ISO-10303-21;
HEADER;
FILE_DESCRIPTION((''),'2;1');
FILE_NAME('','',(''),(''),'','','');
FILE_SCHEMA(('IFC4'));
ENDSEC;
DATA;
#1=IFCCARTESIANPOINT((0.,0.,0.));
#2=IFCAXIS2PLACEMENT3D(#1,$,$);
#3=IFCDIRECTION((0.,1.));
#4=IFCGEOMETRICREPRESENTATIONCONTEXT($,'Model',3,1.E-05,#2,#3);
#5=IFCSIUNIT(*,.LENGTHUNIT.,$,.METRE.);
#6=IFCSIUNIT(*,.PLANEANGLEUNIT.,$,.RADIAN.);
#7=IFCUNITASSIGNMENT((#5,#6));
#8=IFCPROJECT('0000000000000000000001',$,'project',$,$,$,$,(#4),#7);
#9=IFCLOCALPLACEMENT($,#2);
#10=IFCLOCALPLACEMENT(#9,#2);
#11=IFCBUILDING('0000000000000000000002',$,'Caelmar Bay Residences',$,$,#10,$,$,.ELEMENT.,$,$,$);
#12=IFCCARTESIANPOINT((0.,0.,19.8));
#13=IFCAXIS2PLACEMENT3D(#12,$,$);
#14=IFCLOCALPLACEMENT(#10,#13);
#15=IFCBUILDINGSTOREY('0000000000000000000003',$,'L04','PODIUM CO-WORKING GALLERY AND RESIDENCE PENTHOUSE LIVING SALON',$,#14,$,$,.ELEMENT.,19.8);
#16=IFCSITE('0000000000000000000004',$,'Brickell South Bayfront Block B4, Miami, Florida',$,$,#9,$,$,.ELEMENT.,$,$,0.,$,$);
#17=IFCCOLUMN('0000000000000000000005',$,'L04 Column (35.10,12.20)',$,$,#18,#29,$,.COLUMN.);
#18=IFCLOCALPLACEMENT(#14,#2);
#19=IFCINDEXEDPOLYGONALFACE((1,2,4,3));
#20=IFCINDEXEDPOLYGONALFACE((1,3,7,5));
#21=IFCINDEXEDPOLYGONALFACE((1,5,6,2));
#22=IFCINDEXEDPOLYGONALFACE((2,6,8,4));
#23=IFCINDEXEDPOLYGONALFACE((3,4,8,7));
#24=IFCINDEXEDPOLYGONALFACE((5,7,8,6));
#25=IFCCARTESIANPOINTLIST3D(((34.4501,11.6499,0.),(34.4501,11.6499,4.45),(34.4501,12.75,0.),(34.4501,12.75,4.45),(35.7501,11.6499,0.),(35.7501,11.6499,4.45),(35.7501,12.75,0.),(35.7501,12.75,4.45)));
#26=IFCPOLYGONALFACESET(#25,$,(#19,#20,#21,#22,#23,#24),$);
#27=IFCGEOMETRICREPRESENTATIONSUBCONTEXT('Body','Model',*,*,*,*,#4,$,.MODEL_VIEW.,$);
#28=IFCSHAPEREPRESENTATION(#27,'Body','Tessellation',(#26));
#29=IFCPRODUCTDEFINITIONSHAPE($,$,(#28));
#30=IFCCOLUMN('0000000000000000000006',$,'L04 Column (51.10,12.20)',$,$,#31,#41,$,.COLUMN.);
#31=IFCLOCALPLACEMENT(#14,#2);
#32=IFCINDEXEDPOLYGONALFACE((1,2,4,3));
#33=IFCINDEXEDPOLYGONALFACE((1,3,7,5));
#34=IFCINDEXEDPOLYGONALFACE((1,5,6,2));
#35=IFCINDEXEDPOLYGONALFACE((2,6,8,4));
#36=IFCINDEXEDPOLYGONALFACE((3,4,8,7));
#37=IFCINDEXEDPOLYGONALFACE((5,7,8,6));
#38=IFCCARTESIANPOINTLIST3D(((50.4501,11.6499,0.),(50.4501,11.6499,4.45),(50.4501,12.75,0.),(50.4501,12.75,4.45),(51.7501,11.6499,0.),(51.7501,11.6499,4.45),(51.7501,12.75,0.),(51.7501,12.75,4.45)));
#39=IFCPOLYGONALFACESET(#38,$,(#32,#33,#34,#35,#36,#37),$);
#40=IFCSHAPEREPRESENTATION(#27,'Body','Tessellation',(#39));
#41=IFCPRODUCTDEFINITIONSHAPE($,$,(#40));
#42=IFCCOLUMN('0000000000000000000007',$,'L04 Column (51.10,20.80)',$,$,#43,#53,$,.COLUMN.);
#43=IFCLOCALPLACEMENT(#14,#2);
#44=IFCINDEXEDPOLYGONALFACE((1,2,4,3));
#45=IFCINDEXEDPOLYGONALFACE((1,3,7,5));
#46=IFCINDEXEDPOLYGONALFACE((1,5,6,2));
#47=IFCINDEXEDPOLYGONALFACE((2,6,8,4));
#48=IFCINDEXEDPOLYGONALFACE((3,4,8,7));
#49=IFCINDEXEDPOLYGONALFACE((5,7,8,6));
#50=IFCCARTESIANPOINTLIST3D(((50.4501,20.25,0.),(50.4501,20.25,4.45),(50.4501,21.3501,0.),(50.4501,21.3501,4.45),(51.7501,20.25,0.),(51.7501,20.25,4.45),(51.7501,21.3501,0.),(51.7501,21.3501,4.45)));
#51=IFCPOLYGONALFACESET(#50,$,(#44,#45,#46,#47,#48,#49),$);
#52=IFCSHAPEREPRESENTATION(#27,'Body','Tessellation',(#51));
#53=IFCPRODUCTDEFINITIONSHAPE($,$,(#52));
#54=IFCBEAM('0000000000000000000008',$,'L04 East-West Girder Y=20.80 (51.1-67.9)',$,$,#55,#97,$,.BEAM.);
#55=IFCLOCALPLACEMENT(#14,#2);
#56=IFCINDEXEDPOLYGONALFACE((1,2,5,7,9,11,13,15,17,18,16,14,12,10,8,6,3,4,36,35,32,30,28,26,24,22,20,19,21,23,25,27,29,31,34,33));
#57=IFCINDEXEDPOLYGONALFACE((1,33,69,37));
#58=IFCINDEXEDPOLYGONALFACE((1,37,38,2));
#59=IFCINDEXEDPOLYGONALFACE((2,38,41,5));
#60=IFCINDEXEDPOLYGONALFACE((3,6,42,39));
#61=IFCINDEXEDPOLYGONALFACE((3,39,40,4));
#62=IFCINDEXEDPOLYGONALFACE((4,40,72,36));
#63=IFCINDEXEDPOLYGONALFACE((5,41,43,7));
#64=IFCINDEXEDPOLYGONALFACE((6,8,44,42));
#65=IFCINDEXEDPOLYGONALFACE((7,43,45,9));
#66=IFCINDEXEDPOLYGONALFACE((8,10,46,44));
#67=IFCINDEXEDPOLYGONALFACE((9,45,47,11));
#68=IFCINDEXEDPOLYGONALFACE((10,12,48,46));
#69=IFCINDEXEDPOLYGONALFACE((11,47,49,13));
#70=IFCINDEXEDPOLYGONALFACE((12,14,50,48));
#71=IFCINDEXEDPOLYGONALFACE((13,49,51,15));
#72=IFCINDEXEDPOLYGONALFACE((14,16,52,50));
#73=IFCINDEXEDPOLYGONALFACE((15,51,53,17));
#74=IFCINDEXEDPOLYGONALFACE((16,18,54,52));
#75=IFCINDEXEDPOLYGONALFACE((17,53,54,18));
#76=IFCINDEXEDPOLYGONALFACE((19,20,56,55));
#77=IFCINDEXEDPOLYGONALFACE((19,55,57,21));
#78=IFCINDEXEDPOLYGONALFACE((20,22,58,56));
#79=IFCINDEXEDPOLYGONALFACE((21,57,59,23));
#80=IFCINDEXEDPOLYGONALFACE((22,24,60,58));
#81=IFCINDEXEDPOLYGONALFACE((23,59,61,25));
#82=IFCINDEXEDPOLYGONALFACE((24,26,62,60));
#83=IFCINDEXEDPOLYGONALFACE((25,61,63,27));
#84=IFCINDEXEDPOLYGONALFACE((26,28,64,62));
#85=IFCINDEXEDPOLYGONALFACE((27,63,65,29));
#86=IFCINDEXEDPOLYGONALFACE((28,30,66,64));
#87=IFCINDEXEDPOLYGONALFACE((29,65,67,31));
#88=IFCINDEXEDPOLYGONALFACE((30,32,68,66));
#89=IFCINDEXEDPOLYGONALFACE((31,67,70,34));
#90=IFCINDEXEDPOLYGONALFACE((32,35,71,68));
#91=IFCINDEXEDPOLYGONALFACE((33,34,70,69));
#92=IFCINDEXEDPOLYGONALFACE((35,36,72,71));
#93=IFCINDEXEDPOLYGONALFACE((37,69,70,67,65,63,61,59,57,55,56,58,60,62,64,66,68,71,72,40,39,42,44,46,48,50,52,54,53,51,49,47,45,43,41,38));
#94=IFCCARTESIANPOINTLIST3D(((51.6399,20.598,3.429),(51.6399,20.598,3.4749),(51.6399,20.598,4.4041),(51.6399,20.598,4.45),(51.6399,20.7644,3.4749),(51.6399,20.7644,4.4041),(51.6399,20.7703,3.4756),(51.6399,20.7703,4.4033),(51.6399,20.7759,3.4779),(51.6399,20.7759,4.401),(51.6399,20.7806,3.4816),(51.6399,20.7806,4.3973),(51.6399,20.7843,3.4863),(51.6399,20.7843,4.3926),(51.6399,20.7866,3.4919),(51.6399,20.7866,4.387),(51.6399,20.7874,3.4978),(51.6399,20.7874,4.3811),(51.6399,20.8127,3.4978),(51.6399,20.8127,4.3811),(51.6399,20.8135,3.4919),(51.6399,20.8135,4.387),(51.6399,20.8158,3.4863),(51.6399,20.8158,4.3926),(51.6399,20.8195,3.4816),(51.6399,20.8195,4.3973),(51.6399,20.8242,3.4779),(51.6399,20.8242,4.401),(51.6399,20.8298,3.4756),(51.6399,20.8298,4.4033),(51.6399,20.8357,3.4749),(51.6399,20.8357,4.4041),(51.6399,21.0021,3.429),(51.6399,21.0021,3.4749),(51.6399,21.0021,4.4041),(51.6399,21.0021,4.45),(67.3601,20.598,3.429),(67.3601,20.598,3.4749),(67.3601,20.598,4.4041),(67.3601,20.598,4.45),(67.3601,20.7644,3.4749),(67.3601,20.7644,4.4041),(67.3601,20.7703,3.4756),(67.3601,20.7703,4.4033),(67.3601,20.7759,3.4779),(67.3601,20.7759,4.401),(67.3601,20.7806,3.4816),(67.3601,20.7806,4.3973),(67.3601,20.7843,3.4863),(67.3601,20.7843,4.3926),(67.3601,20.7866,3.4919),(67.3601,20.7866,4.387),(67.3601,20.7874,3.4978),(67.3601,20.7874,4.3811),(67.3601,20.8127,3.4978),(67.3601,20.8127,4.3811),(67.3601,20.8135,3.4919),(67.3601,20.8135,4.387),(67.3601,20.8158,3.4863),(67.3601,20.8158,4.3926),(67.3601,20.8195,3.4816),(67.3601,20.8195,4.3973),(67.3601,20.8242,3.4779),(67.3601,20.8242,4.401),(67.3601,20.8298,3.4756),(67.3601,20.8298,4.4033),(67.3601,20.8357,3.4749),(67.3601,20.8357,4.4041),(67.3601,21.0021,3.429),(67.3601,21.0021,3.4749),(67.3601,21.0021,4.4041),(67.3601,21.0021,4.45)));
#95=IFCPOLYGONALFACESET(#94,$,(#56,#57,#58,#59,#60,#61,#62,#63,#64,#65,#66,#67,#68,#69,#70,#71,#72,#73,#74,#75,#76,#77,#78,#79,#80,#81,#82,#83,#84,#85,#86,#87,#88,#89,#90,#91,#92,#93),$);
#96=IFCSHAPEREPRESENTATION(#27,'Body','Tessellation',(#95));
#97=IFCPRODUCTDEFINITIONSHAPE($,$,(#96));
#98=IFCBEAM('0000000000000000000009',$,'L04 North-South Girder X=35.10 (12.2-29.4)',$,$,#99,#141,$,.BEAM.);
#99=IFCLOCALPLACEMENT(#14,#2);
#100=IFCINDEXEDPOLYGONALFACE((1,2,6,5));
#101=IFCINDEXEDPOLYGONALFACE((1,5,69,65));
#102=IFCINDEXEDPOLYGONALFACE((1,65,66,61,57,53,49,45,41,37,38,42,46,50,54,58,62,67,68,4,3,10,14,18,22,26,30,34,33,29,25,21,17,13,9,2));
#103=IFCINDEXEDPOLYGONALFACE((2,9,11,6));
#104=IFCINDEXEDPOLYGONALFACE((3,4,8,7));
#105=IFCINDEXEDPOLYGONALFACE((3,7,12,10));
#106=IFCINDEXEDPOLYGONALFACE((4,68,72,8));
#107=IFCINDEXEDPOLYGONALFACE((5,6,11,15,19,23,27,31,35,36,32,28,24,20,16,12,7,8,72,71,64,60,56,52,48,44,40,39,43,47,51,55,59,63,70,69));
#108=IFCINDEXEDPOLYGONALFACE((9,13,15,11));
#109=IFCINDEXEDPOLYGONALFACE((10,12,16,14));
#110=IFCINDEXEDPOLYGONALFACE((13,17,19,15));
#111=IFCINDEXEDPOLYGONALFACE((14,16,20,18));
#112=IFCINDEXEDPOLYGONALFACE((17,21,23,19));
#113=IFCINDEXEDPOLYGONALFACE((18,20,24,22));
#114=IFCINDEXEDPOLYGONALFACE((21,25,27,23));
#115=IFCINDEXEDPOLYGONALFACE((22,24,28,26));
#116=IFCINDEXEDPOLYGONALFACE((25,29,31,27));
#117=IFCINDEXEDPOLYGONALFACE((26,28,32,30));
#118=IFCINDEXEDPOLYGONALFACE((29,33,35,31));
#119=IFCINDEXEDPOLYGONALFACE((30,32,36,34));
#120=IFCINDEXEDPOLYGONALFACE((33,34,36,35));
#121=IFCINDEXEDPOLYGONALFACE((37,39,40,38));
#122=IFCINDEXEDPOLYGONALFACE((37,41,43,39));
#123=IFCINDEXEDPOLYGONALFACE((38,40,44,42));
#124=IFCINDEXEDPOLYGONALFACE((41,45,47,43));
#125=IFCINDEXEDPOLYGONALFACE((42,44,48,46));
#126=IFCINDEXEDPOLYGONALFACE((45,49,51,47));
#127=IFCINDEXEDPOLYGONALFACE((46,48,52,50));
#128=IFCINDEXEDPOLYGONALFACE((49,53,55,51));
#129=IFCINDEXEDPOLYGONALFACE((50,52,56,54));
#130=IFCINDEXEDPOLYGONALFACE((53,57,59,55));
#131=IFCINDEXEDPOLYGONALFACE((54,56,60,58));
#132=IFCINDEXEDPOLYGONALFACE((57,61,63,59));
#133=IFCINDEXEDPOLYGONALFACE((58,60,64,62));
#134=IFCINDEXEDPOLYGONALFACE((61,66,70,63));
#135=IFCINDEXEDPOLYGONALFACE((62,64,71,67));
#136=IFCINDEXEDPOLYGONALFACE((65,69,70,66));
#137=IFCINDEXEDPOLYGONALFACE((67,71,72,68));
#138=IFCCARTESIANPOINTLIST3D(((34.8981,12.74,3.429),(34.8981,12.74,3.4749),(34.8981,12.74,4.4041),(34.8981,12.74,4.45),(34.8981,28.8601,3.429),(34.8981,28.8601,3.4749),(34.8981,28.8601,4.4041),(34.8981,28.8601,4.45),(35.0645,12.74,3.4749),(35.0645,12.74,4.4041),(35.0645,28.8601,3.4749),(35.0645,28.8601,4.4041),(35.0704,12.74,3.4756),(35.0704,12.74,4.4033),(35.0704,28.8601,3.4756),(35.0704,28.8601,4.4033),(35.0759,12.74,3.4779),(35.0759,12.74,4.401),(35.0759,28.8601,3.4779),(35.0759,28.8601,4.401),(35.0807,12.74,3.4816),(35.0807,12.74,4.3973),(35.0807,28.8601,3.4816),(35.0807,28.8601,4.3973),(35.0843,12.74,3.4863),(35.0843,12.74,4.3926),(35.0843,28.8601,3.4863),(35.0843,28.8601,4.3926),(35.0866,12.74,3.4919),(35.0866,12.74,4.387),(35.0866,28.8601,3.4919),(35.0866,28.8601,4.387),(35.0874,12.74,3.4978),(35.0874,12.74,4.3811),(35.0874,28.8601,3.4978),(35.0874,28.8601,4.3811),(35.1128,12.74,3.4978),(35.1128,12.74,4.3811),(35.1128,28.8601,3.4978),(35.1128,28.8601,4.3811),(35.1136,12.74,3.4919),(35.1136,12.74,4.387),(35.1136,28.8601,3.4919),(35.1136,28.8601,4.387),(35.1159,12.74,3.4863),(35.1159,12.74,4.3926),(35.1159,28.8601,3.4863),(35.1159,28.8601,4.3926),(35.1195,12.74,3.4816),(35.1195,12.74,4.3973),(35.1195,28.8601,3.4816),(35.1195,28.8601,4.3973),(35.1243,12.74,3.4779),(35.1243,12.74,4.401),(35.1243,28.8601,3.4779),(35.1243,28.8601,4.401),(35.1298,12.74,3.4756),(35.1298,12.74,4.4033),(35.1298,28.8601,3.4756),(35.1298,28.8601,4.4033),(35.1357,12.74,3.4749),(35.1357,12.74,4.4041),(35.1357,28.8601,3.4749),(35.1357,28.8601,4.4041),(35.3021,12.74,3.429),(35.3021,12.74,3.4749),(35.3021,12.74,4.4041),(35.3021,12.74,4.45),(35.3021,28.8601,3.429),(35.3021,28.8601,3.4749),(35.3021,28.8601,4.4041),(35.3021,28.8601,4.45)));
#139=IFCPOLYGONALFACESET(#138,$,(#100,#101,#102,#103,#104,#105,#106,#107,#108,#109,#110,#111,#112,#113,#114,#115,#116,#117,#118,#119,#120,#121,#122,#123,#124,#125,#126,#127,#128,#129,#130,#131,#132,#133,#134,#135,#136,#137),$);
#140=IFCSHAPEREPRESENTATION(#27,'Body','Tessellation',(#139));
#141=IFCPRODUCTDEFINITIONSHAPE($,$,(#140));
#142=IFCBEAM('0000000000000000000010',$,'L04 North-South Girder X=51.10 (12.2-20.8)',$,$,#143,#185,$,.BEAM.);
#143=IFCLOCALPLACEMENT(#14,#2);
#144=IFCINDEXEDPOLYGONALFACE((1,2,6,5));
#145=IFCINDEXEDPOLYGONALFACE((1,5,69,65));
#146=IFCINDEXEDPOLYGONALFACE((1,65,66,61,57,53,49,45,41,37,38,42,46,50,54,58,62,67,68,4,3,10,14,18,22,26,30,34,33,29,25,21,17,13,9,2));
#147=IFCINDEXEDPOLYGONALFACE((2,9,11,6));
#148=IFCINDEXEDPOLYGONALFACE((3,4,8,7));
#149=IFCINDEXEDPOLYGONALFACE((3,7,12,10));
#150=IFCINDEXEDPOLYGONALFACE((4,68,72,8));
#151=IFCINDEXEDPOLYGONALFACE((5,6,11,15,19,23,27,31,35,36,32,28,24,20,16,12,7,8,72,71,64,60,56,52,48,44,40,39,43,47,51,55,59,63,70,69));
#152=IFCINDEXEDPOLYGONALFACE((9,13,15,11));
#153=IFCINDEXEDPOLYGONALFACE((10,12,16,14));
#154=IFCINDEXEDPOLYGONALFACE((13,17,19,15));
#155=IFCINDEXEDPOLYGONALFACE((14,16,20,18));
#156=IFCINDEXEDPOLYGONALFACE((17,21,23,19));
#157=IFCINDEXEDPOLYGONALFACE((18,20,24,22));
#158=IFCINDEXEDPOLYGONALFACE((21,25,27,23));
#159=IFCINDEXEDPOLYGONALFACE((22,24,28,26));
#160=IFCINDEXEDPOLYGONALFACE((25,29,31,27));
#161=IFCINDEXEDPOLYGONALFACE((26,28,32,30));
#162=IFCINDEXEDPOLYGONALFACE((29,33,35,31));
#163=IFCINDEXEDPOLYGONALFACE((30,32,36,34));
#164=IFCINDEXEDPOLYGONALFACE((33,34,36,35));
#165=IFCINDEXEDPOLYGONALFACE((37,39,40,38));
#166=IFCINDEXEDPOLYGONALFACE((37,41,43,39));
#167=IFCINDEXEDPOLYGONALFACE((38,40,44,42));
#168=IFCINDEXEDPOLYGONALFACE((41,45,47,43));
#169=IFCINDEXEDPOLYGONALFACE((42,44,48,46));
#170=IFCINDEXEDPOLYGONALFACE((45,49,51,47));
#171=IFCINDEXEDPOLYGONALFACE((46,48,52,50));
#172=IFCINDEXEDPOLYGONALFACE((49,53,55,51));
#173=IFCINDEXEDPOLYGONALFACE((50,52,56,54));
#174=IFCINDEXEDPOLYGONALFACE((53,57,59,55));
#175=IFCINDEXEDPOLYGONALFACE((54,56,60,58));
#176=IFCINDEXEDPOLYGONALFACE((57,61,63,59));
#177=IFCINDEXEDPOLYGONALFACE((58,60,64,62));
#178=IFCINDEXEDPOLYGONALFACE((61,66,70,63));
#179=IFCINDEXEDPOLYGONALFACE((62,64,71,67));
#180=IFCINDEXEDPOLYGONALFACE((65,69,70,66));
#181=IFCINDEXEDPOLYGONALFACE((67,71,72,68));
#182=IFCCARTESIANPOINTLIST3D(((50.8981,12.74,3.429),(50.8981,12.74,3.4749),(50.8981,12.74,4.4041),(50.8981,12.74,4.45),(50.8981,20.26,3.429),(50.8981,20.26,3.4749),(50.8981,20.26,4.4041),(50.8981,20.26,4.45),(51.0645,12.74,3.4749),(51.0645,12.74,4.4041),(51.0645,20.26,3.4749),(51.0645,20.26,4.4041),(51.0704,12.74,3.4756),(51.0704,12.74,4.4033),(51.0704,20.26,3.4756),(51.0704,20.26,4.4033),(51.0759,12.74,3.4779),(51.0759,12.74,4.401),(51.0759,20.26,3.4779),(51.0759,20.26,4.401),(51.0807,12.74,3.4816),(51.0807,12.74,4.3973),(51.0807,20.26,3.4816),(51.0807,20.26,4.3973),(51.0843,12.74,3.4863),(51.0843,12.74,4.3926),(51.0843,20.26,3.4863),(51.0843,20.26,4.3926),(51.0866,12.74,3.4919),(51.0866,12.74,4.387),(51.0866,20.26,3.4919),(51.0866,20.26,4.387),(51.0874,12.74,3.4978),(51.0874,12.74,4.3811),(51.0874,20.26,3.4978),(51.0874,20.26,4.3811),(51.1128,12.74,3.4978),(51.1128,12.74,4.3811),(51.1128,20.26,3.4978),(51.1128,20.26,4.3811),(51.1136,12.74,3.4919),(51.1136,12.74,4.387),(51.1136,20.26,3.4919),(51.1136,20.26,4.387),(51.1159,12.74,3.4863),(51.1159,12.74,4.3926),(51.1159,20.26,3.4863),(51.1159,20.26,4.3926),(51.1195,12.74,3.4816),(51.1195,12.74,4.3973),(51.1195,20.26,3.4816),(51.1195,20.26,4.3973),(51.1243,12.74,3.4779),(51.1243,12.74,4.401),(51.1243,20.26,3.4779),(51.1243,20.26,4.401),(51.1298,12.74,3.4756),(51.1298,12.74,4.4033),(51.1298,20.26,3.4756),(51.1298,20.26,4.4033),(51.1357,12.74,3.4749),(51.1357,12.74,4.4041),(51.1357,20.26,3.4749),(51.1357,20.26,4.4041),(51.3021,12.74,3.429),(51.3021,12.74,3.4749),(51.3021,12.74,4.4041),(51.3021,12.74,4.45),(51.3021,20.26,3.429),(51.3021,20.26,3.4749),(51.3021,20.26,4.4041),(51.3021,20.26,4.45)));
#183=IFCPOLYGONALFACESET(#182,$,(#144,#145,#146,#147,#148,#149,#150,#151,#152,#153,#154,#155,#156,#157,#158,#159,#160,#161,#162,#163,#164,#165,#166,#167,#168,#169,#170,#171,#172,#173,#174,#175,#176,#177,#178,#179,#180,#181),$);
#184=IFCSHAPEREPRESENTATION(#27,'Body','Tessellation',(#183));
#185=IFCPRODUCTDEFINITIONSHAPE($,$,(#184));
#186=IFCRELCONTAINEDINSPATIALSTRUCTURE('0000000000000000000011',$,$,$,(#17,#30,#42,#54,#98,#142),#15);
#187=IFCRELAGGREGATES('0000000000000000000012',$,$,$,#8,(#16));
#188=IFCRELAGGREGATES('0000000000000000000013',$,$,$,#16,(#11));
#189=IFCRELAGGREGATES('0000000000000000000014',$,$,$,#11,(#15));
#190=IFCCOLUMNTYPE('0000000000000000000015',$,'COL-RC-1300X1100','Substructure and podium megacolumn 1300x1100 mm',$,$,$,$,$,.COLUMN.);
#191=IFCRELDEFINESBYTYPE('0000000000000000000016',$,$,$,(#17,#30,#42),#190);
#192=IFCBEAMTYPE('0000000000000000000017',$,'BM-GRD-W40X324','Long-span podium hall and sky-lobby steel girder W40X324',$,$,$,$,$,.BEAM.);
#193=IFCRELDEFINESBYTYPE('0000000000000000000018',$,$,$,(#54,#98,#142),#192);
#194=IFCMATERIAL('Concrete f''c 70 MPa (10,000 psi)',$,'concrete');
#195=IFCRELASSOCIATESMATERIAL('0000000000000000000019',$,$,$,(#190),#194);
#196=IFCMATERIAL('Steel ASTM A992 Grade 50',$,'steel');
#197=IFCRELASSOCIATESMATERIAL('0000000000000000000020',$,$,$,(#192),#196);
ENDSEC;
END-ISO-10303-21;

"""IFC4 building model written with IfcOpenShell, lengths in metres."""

from ifc_helpers import new_model, si_unit, direction, frame, origin, origin_2d, place, context, subcontext, project, spatial, rectangle, i_section, extrude, material, material_profile, profile_set, type_object, element, save


model = new_model("IFC4")

# Units and contexts
model_context = context("Model", 3, precision=1e-05, world=origin(), true_north=direction((0.0, 1.0)))
body_context = subcontext(model_context, "Body", "Model", "MODEL_VIEW")
ifc_project = project(units=[si_unit("LENGTHUNIT", "METRE"), si_unit("PLANEANGLEUNIT", "RADIAN")], contexts=[model_context])

# Site, building, storey
site_placement = place(None, origin())
site = spatial("IfcSite", under=ifc_project, at=site_placement, Name="Brickell South Bayfront Block B4, Miami, Florida", CompositionType="ELEMENT", RefElevation=0.0)
building_placement = place(site_placement, origin())
building = spatial("IfcBuilding", under=site, at=building_placement, Name="Caelmar Bay Residences", CompositionType="ELEMENT")
storey_placement = place(building_placement, frame((0.0, 0.0, 19.8)))
storey = spatial("IfcBuildingStorey", under=building, at=storey_placement, Name="L04", Description="PODIUM CO-WORKING GALLERY AND RESIDENCE PENTHOUSE LIVING SALON", CompositionType="ELEMENT", Elevation=19.8)

# Columns
ifc_material_1 = material(Name="Concrete f'c 70 MPa (10,000 psi)", Category="concrete")
ifc_material_profile_1 = material_profile(ifc_material_1, rectangle(XDim=1.3, YDim=1.1001, at=origin_2d()), Name="RC-COL-1300X1100")
ifc_profile_set_1 = profile_set([ifc_material_profile_1], Name="Concrete f'c 70 MPa (10,000 psi)")
column_type = type_object("IfcColumnType", Name="COL-RC-1300X1100", Description="Substructure and podium megacolumn 1300x1100 mm", PredefinedType="COLUMN", material=ifc_profile_set_1)
for number, where, z_axis, x_axis, name in (
    (1, (35.1001, 12.2, 0.0), (0.0, 0.0, 1.0), (1.0, 0.0, 0.0), "L04 Column (35.10,12.20)"),
    (2, (51.1001, 12.2, 0.0), (0.0, 0.0, 1.0), (1.0, 0.0, 0.0), "L04 Column (51.10,12.20)"),
    (3, (51.1001, 20.8, 0.0), (0.0, 0.0, 1.0), (1.0, 0.0, 0.0), "L04 Column (51.10,20.80)"),
):
    element("IfcColumn", number, at=place(storey_placement, frame(where, z_axis=z_axis, x_axis=x_axis)), inside=storey, type_object=column_type, Name=name, PredefinedType="COLUMN", context=body_context, shape_type="SweptSolid", body=[
        extrude(rectangle(XDim=1.3, YDim=1.1001, at=origin_2d()), origin(), (0.0, 0.0, 1.0), 4.45),
    ])

# Beams
ifc_material_2 = material(Name="Steel ASTM A992 Grade 50", Category="steel")
ifc_material_profile_2 = material_profile(ifc_material_2, i_section(OverallWidth=0.4041, OverallDepth=1.021, WebThickness=0.0254, FlangeThickness=0.0459, FilletRadius=0.0229, at=origin_2d()), Name="W40X324")
ifc_profile_set_2 = profile_set([ifc_material_profile_2], Name="Steel ASTM A992 Grade 50")
beam_type_1 = type_object("IfcBeamType", Name="BM-GRD-W40X324", Description="Long-span podium hall and sky-lobby steel girder W40X324", PredefinedType="BEAM", material=ifc_profile_set_2)
beam_1_placement = place(storey_placement, frame((51.6399, 20.8, 3.9395), z_axis=(1.0, 0.0, 0.0), x_axis=(0.0, 1.0, 0.0)))
element("IfcBeam", 4, at=beam_1_placement, inside=storey, type_object=beam_type_1, Name="L04 East-West Girder Y=20.80 (51.1-67.9)", PredefinedType="BEAM", context=body_context, shape_type="SweptSolid", body=[
    extrude(i_section(OverallWidth=0.4041, OverallDepth=1.021, WebThickness=0.0254, FlangeThickness=0.0459, FilletRadius=0.0229, at=origin_2d()), origin(), (0.0, 0.0, 1.0), 15.7202),
])
beam_2_placement = place(storey_placement, frame((35.1001, 12.74, 3.9395), z_axis=(0.0, 1.0, 0.0), x_axis=(-1.0, 0.0, 0.0)))
element("IfcBeam", 5, at=beam_2_placement, inside=storey, type_object=beam_type_1, Name="L04 North-South Girder X=35.10 (12.2-29.4)", PredefinedType="BEAM", context=body_context, shape_type="SweptSolid", body=[
    extrude(i_section(OverallWidth=0.4041, OverallDepth=1.021, WebThickness=0.0254, FlangeThickness=0.0459, FilletRadius=0.0229, at=origin_2d()), origin(), (0.0, 0.0, 1.0), 16.1201),
])
for number, where, z_axis, x_axis, name in (
    (6, (51.1001, 12.74, 3.9395), (0.0, 1.0, 0.0), (-1.0, 0.0, 0.0), "L04 North-South Girder X=51.10 (12.2-20.8)"),
):
    element("IfcBeam", number, at=place(storey_placement, frame(where, z_axis=z_axis, x_axis=x_axis)), inside=storey, type_object=beam_type_1, Name=name, PredefinedType="BEAM", context=body_context, shape_type="SweptSolid", body=[
        extrude(i_section(OverallWidth=0.4041, OverallDepth=1.021, WebThickness=0.0254, FlangeThickness=0.0459, FilletRadius=0.0229, at=origin_2d()), origin(), (0.0, 0.0, 1.0), 7.52),
    ])

save(model, "model.ifc")
